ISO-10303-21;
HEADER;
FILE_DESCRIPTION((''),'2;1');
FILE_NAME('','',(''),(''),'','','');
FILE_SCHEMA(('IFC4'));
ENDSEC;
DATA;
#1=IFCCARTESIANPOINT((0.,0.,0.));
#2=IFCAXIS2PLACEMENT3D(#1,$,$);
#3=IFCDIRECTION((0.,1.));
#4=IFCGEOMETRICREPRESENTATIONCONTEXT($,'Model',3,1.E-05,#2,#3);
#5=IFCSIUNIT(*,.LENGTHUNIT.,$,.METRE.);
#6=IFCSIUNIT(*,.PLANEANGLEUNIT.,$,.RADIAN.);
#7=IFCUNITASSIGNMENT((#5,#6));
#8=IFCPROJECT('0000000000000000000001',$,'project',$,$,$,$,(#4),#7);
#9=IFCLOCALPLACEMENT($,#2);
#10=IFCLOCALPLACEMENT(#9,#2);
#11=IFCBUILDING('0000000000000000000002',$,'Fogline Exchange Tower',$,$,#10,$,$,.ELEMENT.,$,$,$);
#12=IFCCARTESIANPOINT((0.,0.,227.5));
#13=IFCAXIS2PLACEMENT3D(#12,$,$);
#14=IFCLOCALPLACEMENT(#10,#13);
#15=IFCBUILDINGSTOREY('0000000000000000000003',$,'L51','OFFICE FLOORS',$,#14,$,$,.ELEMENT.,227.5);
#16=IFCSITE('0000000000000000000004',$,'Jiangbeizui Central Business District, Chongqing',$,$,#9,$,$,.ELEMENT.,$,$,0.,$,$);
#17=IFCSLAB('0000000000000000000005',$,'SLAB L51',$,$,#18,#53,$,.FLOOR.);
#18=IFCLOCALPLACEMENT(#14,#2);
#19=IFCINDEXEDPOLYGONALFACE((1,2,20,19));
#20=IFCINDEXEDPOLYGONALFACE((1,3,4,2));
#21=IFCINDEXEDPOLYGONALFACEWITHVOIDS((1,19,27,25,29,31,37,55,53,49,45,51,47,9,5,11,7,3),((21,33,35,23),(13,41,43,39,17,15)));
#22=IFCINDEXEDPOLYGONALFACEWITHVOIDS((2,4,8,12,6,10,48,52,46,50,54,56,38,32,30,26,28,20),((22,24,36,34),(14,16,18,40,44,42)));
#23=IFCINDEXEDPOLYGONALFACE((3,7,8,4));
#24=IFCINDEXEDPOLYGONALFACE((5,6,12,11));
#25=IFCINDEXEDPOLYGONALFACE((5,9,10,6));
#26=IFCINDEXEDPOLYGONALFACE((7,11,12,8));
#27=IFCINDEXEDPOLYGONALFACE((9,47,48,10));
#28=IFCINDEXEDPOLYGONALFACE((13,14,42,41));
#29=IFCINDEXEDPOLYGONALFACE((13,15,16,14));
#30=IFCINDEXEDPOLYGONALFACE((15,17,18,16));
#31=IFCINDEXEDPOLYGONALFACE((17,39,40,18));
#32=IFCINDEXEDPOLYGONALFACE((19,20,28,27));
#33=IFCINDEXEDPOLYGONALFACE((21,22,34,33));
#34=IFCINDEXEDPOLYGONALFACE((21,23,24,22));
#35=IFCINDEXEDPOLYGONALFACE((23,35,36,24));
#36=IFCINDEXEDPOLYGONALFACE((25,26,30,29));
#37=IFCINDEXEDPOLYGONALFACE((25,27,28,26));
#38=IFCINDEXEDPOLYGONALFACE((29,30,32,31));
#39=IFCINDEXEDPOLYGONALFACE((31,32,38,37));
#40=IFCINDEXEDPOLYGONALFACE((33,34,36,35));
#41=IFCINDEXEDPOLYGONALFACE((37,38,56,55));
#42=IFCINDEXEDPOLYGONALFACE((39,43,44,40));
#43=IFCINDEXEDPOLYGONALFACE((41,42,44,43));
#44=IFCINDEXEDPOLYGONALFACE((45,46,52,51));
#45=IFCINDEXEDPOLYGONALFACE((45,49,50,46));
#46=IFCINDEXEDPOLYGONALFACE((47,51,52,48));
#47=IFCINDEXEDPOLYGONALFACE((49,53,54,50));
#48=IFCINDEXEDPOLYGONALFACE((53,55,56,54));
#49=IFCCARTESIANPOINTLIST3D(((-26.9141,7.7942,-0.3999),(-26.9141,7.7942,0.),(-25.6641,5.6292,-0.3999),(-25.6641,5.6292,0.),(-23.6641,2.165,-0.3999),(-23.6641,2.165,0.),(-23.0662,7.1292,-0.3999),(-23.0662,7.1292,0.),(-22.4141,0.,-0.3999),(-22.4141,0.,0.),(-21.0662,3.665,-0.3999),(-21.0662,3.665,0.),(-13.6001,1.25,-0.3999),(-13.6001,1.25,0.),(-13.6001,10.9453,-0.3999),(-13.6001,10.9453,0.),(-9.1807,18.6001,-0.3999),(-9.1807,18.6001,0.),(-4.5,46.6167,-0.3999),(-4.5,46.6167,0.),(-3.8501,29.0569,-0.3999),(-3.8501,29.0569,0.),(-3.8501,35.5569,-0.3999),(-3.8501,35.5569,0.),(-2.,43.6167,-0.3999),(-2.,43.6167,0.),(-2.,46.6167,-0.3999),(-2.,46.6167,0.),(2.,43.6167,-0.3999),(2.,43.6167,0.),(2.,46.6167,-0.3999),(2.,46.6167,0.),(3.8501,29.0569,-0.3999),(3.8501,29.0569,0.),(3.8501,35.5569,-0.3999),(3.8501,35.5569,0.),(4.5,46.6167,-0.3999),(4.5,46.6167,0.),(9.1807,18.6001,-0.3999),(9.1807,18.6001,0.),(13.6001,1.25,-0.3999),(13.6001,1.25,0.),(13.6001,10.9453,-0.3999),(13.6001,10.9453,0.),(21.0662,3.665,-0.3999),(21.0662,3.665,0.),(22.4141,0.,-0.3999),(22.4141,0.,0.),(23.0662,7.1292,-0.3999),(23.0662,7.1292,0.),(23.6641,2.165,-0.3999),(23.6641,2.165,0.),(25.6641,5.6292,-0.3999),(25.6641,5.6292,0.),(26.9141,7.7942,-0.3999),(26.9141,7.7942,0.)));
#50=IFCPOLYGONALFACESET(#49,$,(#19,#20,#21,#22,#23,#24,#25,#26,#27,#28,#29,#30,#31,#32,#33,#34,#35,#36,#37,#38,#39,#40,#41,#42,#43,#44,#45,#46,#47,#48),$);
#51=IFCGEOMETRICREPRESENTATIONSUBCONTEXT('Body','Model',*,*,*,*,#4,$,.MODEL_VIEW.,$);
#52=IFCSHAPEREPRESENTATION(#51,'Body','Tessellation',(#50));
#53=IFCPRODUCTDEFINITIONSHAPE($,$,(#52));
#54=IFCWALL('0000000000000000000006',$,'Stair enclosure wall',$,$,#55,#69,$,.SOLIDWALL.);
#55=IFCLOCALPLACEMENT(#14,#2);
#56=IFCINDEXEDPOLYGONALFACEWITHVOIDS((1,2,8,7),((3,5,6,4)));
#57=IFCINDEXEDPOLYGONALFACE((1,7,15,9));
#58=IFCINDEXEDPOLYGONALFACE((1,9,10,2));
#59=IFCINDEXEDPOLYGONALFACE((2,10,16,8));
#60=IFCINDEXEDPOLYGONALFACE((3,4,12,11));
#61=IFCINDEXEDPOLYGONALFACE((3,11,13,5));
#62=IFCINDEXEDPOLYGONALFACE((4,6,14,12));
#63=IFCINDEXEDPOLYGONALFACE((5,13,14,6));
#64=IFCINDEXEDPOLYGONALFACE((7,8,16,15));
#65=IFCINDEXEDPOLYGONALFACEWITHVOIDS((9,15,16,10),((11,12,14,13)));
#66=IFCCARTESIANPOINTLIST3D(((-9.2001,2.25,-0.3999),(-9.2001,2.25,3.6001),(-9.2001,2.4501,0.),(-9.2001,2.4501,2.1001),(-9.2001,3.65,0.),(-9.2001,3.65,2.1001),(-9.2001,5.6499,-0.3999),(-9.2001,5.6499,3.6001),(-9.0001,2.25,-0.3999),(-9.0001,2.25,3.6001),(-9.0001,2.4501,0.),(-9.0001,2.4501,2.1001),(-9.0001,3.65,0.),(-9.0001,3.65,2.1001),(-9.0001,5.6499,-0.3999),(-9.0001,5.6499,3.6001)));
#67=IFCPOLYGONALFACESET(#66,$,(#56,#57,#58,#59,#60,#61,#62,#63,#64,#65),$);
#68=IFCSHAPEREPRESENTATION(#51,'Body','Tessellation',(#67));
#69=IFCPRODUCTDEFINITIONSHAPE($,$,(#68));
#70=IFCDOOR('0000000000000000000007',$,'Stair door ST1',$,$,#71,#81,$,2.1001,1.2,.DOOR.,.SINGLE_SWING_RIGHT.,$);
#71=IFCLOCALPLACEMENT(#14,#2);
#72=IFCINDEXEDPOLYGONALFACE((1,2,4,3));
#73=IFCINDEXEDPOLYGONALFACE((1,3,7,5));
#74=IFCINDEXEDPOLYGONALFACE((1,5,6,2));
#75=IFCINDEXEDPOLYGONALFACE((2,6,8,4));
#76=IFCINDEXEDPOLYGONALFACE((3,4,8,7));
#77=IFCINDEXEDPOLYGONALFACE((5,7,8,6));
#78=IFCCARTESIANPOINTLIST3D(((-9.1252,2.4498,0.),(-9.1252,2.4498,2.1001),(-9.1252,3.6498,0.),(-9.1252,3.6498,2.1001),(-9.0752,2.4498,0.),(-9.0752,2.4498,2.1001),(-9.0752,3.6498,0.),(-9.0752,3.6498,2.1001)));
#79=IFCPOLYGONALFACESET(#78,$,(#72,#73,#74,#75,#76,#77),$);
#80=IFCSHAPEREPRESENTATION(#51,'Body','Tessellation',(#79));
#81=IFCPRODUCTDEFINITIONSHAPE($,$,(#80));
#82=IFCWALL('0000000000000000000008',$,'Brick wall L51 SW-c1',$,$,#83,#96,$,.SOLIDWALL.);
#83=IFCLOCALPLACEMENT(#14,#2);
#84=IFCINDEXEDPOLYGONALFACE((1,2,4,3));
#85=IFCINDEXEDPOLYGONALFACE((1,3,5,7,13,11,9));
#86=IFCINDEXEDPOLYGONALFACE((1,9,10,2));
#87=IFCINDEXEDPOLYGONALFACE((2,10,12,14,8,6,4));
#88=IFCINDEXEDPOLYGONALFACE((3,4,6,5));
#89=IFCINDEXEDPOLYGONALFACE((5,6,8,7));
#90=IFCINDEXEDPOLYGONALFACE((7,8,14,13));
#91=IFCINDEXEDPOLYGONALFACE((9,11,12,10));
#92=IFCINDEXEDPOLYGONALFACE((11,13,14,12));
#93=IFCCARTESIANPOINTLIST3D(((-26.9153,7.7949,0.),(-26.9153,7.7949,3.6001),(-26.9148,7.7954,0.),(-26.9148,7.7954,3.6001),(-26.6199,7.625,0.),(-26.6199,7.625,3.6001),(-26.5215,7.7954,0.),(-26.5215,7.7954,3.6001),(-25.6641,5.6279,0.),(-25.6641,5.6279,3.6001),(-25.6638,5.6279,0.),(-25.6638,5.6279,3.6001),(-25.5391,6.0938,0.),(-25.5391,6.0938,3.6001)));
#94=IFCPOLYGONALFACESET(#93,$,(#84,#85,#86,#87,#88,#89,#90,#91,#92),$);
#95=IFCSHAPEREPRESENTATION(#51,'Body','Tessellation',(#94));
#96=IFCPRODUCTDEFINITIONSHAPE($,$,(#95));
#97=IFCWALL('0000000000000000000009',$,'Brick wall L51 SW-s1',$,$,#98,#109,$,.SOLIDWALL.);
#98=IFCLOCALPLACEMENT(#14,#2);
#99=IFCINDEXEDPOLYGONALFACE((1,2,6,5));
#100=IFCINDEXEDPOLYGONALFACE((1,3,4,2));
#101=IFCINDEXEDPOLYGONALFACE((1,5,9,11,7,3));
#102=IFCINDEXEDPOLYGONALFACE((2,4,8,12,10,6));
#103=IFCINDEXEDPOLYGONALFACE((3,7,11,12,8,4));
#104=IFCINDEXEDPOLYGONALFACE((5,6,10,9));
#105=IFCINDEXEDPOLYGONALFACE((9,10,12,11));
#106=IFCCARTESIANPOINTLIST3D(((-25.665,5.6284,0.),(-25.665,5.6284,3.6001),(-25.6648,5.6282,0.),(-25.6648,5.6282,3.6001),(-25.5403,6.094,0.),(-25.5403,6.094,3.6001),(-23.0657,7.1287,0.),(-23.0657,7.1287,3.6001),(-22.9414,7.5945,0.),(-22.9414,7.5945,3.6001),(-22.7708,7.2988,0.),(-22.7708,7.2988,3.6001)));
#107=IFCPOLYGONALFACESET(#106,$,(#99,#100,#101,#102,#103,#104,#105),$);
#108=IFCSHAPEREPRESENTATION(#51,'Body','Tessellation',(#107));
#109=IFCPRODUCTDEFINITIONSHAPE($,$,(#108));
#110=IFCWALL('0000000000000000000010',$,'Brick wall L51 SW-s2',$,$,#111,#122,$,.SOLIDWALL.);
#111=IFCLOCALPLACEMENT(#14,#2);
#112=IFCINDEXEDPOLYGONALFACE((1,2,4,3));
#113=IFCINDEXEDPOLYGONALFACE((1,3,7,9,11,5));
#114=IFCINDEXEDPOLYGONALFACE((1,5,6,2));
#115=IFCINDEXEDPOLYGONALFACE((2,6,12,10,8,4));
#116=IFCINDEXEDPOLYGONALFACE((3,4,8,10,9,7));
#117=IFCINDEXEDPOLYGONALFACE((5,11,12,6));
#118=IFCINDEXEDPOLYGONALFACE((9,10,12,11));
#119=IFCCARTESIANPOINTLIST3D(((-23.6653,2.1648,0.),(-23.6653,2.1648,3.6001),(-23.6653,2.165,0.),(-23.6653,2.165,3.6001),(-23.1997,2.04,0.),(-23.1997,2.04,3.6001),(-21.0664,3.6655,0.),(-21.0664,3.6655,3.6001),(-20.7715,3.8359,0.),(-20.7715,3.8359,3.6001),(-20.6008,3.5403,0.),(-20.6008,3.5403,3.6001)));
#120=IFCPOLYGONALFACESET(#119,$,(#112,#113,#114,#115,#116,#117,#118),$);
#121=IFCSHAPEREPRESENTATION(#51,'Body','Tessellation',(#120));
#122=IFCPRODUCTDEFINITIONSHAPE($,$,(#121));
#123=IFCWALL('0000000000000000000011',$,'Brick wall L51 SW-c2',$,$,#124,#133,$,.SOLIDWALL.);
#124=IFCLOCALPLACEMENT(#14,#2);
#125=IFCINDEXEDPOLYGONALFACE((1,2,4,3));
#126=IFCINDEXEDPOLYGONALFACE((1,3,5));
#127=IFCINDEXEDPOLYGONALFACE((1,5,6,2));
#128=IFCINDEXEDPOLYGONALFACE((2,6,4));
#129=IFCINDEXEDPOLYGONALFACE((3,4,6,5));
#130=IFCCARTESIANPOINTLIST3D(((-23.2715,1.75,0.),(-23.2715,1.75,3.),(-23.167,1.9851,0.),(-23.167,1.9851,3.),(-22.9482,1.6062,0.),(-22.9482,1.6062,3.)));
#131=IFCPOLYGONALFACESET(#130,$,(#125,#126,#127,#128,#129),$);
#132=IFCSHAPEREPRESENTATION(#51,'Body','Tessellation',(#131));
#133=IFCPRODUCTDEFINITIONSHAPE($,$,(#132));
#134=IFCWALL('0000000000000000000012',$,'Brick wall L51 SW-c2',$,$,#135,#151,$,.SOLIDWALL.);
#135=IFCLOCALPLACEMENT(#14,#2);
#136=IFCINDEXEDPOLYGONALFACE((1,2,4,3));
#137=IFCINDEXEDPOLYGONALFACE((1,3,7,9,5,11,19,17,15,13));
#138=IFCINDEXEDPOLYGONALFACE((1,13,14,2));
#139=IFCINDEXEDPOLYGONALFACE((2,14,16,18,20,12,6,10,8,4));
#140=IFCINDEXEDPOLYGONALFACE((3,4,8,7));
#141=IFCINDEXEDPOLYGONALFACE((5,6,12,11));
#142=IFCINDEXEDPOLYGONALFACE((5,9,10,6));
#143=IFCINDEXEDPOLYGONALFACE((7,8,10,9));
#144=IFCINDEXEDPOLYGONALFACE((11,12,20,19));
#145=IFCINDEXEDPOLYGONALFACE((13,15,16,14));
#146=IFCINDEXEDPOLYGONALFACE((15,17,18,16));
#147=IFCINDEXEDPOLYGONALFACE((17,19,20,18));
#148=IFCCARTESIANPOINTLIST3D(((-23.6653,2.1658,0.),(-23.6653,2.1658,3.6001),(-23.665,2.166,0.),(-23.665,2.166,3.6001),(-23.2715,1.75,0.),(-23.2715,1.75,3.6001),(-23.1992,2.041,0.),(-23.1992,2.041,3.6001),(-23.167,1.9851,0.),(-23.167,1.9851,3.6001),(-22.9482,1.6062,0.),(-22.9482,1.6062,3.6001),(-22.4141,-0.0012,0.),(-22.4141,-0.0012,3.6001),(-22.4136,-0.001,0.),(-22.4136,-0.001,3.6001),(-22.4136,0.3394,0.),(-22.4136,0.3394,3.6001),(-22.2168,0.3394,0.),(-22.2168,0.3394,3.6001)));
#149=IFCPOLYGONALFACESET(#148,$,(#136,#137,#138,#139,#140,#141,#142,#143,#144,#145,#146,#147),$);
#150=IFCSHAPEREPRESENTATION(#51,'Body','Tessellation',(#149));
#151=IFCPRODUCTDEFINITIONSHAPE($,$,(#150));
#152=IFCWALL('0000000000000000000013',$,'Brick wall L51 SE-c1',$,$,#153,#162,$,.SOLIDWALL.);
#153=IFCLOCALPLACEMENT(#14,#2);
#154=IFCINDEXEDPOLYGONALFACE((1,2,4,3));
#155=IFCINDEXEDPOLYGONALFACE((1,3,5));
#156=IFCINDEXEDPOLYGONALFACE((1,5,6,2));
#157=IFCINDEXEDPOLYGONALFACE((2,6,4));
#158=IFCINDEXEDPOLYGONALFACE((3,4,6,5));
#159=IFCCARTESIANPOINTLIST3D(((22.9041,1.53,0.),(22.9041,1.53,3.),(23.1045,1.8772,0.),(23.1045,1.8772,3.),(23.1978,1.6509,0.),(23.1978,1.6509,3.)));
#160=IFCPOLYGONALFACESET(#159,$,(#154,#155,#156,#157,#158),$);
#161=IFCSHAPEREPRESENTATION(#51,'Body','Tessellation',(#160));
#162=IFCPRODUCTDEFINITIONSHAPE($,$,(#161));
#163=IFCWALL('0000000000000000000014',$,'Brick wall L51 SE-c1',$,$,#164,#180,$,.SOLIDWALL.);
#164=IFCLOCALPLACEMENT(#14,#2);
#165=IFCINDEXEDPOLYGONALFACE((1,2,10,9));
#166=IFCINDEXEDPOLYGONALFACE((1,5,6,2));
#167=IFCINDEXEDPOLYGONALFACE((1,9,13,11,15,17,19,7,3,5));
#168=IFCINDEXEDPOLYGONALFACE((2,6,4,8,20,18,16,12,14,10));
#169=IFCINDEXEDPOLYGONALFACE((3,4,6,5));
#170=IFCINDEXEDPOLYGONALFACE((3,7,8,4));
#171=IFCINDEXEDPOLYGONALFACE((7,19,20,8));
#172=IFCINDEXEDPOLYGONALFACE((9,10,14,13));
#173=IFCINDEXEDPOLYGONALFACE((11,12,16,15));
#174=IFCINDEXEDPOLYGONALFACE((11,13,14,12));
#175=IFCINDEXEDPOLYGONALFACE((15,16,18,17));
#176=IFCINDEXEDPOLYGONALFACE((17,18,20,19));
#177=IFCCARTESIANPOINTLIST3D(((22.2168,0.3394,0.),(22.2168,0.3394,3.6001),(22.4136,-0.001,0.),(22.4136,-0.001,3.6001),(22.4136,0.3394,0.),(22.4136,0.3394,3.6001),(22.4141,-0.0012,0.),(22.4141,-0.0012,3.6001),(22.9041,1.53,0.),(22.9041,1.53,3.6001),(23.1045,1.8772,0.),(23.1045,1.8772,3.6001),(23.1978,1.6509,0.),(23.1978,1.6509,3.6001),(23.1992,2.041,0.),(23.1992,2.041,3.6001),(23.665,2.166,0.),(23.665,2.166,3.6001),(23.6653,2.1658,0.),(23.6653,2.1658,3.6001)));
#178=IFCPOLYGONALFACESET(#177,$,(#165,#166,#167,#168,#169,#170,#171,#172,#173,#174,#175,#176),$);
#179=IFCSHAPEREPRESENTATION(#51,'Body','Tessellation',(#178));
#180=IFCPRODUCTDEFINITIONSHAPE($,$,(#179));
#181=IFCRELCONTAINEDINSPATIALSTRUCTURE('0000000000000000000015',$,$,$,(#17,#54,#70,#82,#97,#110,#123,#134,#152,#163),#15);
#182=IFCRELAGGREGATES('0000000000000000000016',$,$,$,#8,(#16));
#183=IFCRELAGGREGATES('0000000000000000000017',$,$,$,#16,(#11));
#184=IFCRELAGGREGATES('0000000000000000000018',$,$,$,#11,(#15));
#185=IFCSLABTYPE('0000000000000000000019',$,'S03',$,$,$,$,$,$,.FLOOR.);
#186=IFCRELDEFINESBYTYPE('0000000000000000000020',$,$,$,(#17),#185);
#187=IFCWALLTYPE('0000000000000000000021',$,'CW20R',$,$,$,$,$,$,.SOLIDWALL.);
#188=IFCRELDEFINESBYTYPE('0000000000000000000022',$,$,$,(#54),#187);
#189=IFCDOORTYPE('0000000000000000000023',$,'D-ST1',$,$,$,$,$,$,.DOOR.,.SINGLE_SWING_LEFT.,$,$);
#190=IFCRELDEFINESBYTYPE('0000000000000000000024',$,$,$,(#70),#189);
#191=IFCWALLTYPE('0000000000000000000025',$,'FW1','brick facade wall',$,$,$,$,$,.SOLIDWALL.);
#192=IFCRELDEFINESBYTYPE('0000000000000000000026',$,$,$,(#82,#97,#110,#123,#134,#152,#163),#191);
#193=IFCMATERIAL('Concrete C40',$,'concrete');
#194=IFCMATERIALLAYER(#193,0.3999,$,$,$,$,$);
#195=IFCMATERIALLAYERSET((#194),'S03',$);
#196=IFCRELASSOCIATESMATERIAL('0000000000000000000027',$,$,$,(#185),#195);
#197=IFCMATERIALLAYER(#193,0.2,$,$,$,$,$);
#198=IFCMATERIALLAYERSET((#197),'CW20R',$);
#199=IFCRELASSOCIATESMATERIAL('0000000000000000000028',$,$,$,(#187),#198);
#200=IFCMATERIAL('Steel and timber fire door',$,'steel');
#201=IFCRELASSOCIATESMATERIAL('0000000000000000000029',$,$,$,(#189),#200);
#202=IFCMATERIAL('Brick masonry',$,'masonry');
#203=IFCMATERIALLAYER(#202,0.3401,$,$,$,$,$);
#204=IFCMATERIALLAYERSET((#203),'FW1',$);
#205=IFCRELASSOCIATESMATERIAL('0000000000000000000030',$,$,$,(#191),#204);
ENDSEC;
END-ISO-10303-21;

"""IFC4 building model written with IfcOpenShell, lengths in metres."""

from ifc_helpers import new_model, si_unit, direction, frame, frame_2d, origin, place, context, subcontext, project, spatial, polyline, rectangle, outline, extrude, material, layer, layer_set, type_object, element, fill, save


model = new_model("IFC4")

# Units and contexts
model_context = context("Model", 3, precision=1e-05, world=origin(), true_north=direction((0.0, 1.0)))
body_context = subcontext(model_context, "Body", "Model", "MODEL_VIEW")
ifc_project = project(units=[si_unit("LENGTHUNIT", "METRE"), si_unit("PLANEANGLEUNIT", "RADIAN")], contexts=[model_context])

# Site, building, storey
site_placement = place(None, origin())
site = spatial("IfcSite", under=ifc_project, at=site_placement, Name="Jiangbeizui Central Business District, Chongqing", CompositionType="ELEMENT", RefElevation=0.0)
building_placement = place(site_placement, origin())
building = spatial("IfcBuilding", under=site, at=building_placement, Name="Fogline Exchange Tower", CompositionType="ELEMENT")
storey_placement = place(building_placement, frame((0.0, 0.0, 227.5)))
storey = spatial("IfcBuildingStorey", under=building, at=storey_placement, Name="L51", Description="OFFICE FLOORS", CompositionType="ELEMENT", Elevation=227.5)

# Slab
ifc_material_1 = material(Name="Concrete C40", Category="concrete")
ifc_layer_1 = layer(ifc_material_1, 0.3999)
ifc_layer_set_1 = layer_set([ifc_layer_1], Name="S03")
slab_type = type_object("IfcSlabType", Name="S03", PredefinedType="FLOOR", material=ifc_layer_set_1)
slab_placement = place(storey_placement, frame((0.0, 0.0, -0.3999)))
element("IfcSlab", 1, at=slab_placement, inside=storey, type_object=slab_type, Name="SLAB L51", PredefinedType="FLOOR", context=body_context, shape_type="SweptSolid", body=[
    extrude(outline(polyline([(-2.0, 46.6167), (-4.5, 46.6167), (-26.9141, 7.7942), (-25.6641, 5.6292), (-23.0662, 7.1292), (-21.0662, 3.665), (-23.6641, 2.165), (-22.4141, 0.0), (22.4141, 0.0), (23.6641, 2.165), (21.0662, 3.665), (23.0662, 7.1292), (25.6641, 5.6292), (26.9141, 7.7942), (4.5, 46.6167), (2.0, 46.6167), (2.0, 43.6167), (-2.0, 43.6167), (-2.0, 46.6167)]), holes=[polyline([(13.6001, 10.9453), (13.6001, 1.25), (-13.6001, 1.25), (-13.6001, 10.9453), (-9.1807, 18.6001), (9.1807, 18.6001), (13.6001, 10.9453)]), polyline([(3.8501, 35.5569), (3.8501, 29.0569), (-3.8501, 29.0569), (-3.8501, 35.5569), (3.8501, 35.5569)])]), origin(), (0.0, 0.0, 1.0), 0.3999),
])

# Wall, opening, door
ifc_layer_2 = layer(ifc_material_1, 0.2)
ifc_layer_set_2 = layer_set([ifc_layer_2], Name="CW20R")
wall_type_1 = type_object("IfcWallType", Name="CW20R", PredefinedType="SOLIDWALL", material=ifc_layer_set_2)
wall_1_placement = place(storey_placement, frame((-9.1001, 2.25, -0.3999), z_axis=(0.0, 0.0, 1.0), x_axis=(0.0, 1.0, 0.0)))
wall_1 = element("IfcWall", 2, at=wall_1_placement, inside=storey, type_object=wall_type_1, Name="Stair enclosure wall", PredefinedType="SOLIDWALL", context=body_context, shape_type="SweptSolid", body=[
    extrude(rectangle(XDim=3.3999, YDim=0.2, at=frame_2d((1.7, 0.0))), origin(), (0.0, 0.0, 1.0), 4.0),
])
opening_placement = place(wall_1_placement, frame((0.2, 0.0, 0.3999)))
opening = element("IfcOpeningElement", 3, at=opening_placement, cuts=wall_1, PredefinedType="OPENING", context=body_context, shape_type="SweptSolid", body=[
    extrude(rectangle(XDim=1.2, YDim=2.1001, at=frame_2d((0.6001, 1.05))), frame((0.0, 0.1099, 0.0), z_axis=(0.0, -1.0, 0.0), x_axis=(1.0, 0.0, 0.0)), (0.0, 0.0, 1.0), 0.22),
])
ifc_material_2 = material(Name="Steel and timber fire door", Category="steel")
door_type = type_object("IfcDoorType", Name="D-ST1", OperationType="SINGLE_SWING_LEFT", PredefinedType="DOOR", material=ifc_material_2)
door_placement = place(opening_placement, frame((1.2, 0.0, 0.0), z_axis=(0.0, 0.0, 1.0), x_axis=(-1.0, 0.0, 0.0)))
door = element("IfcDoor", 4, at=door_placement, inside=storey, type_object=door_type, Name="Stair door ST1", OperationType="SINGLE_SWING_RIGHT", OverallHeight=2.1001, OverallWidth=1.2, PredefinedType="DOOR", context=body_context, shape_type="SweptSolid", body=[
    extrude(rectangle(XDim=1.2, YDim=2.1001, at=frame_2d((0.6001, 1.05))), frame((0.0, 0.0249, 0.0), z_axis=(0.0, -1.0, 0.0), x_axis=(1.0, 0.0, 0.0)), (0.0, 0.0, 1.0), 0.05),
])
fill(opening, door)

# Walls
ifc_material_3 = material(Name="Brick masonry", Category="masonry")
ifc_layer_3 = layer(ifc_material_3, 0.3401)
ifc_layer_set_3 = layer_set([ifc_layer_3], Name="FW1")
wall_type_2 = type_object("IfcWallType", Name="FW1", Description="brick facade wall", PredefinedType="SOLIDWALL", material=ifc_layer_set_3)
wall_2_placement = place(storey_placement, origin())
element("IfcWall", 5, at=wall_2_placement, inside=storey, type_object=wall_type_2, Name="Brick wall L51 SW-c1", PredefinedType="SOLIDWALL", context=body_context, shape_type="SweptSolid", body=[
    extrude(outline(polyline([(-25.6641, 5.6279), (-26.9153, 7.7949), (-26.9148, 7.7954), (-26.6199, 7.625), (-26.5215, 7.7954), (-25.5391, 6.0938), (-25.6638, 5.6279), (-25.6641, 5.6279)])), origin(), (0.0, 0.0, 1.0), 3.6001),
])
wall_3_placement = place(storey_placement, origin())
element("IfcWall", 6, at=wall_3_placement, inside=storey, type_object=wall_type_2, Name="Brick wall L51 SW-s1", PredefinedType="SOLIDWALL", context=body_context, shape_type="SweptSolid", body=[
    extrude(outline(polyline([(-22.9414, 7.5945), (-22.7708, 7.2988), (-23.0657, 7.1287), (-25.6648, 5.6282), (-25.665, 5.6284), (-25.5403, 6.094), (-22.9414, 7.5945)])), origin(), (0.0, 0.0, 1.0), 3.6001),
])
wall_4_placement = place(storey_placement, origin())
element("IfcWall", 7, at=wall_4_placement, inside=storey, type_object=wall_type_2, Name="Brick wall L51 SW-s2", PredefinedType="SOLIDWALL", context=body_context, shape_type="SweptSolid", body=[
    extrude(outline(polyline([(-23.6653, 2.165), (-21.0664, 3.6655), (-20.7715, 3.8359), (-20.6008, 3.5403), (-23.1997, 2.04), (-23.6653, 2.1648), (-23.6653, 2.165)])), origin(), (0.0, 0.0, 1.0), 3.6001),
])
wall_5_placement = place(storey_placement, origin())
element("IfcWall", 8, at=wall_5_placement, inside=storey, type_object=wall_type_2, Name="Brick wall L51 SW-c2", PredefinedType="SOLIDWALL", context=body_context, shape_type="SweptSolid", body=[
    extrude(outline(polyline([(-22.9482, 1.6062), (-23.2715, 1.75), (-23.167, 1.9851), (-22.9482, 1.6062)])), origin(), (0.0, 0.0, 1.0), 3.0),
])
wall_6_placement = place(storey_placement, origin())
element("IfcWall", 9, at=wall_6_placement, inside=storey, type_object=wall_type_2, Name="Brick wall L51 SW-c2", PredefinedType="SOLIDWALL", context=body_context, shape_type="SweptSolid", body=[
    extrude(outline(polyline([(-22.4136, 0.3394), (-22.4136, -0.001), (-22.4141, -0.0012), (-23.6653, 2.1658), (-23.665, 2.166), (-23.1992, 2.041), (-23.167, 1.9851), (-23.2715, 1.75), (-22.9482, 1.6062), (-22.2168, 0.3394), (-22.4136, 0.3394)])), origin(), (0.0, 0.0, 1.0), 3.6001),
])
wall_7_placement = place(storey_placement, origin())
element("IfcWall", 10, at=wall_7_placement, inside=storey, type_object=wall_type_2, Name="Brick wall L51 SE-c1", PredefinedType="SOLIDWALL", context=body_context, shape_type="SweptSolid", body=[
    extrude(outline(polyline([(23.1045, 1.8772), (23.1978, 1.6509), (22.9041, 1.53), (23.1045, 1.8772)])), origin(), (0.0, 0.0, 1.0), 3.0),
])
wall_8_placement = place(storey_placement, origin())
element("IfcWall", 11, at=wall_8_placement, inside=storey, type_object=wall_type_2, Name="Brick wall L51 SE-c1", PredefinedType="SOLIDWALL", context=body_context, shape_type="SweptSolid", body=[
    extrude(outline(polyline([(22.4141, -0.0012), (22.4136, -0.001), (22.4136, 0.3394), (22.2168, 0.3394), (22.9041, 1.53), (23.1978, 1.6509), (23.1045, 1.8772), (23.1992, 2.041), (23.665, 2.166), (23.6653, 2.1658), (22.4141, -0.0012)])), origin(), (0.0, 0.0, 1.0), 3.6001),
])

save(model, "model.ifc")
